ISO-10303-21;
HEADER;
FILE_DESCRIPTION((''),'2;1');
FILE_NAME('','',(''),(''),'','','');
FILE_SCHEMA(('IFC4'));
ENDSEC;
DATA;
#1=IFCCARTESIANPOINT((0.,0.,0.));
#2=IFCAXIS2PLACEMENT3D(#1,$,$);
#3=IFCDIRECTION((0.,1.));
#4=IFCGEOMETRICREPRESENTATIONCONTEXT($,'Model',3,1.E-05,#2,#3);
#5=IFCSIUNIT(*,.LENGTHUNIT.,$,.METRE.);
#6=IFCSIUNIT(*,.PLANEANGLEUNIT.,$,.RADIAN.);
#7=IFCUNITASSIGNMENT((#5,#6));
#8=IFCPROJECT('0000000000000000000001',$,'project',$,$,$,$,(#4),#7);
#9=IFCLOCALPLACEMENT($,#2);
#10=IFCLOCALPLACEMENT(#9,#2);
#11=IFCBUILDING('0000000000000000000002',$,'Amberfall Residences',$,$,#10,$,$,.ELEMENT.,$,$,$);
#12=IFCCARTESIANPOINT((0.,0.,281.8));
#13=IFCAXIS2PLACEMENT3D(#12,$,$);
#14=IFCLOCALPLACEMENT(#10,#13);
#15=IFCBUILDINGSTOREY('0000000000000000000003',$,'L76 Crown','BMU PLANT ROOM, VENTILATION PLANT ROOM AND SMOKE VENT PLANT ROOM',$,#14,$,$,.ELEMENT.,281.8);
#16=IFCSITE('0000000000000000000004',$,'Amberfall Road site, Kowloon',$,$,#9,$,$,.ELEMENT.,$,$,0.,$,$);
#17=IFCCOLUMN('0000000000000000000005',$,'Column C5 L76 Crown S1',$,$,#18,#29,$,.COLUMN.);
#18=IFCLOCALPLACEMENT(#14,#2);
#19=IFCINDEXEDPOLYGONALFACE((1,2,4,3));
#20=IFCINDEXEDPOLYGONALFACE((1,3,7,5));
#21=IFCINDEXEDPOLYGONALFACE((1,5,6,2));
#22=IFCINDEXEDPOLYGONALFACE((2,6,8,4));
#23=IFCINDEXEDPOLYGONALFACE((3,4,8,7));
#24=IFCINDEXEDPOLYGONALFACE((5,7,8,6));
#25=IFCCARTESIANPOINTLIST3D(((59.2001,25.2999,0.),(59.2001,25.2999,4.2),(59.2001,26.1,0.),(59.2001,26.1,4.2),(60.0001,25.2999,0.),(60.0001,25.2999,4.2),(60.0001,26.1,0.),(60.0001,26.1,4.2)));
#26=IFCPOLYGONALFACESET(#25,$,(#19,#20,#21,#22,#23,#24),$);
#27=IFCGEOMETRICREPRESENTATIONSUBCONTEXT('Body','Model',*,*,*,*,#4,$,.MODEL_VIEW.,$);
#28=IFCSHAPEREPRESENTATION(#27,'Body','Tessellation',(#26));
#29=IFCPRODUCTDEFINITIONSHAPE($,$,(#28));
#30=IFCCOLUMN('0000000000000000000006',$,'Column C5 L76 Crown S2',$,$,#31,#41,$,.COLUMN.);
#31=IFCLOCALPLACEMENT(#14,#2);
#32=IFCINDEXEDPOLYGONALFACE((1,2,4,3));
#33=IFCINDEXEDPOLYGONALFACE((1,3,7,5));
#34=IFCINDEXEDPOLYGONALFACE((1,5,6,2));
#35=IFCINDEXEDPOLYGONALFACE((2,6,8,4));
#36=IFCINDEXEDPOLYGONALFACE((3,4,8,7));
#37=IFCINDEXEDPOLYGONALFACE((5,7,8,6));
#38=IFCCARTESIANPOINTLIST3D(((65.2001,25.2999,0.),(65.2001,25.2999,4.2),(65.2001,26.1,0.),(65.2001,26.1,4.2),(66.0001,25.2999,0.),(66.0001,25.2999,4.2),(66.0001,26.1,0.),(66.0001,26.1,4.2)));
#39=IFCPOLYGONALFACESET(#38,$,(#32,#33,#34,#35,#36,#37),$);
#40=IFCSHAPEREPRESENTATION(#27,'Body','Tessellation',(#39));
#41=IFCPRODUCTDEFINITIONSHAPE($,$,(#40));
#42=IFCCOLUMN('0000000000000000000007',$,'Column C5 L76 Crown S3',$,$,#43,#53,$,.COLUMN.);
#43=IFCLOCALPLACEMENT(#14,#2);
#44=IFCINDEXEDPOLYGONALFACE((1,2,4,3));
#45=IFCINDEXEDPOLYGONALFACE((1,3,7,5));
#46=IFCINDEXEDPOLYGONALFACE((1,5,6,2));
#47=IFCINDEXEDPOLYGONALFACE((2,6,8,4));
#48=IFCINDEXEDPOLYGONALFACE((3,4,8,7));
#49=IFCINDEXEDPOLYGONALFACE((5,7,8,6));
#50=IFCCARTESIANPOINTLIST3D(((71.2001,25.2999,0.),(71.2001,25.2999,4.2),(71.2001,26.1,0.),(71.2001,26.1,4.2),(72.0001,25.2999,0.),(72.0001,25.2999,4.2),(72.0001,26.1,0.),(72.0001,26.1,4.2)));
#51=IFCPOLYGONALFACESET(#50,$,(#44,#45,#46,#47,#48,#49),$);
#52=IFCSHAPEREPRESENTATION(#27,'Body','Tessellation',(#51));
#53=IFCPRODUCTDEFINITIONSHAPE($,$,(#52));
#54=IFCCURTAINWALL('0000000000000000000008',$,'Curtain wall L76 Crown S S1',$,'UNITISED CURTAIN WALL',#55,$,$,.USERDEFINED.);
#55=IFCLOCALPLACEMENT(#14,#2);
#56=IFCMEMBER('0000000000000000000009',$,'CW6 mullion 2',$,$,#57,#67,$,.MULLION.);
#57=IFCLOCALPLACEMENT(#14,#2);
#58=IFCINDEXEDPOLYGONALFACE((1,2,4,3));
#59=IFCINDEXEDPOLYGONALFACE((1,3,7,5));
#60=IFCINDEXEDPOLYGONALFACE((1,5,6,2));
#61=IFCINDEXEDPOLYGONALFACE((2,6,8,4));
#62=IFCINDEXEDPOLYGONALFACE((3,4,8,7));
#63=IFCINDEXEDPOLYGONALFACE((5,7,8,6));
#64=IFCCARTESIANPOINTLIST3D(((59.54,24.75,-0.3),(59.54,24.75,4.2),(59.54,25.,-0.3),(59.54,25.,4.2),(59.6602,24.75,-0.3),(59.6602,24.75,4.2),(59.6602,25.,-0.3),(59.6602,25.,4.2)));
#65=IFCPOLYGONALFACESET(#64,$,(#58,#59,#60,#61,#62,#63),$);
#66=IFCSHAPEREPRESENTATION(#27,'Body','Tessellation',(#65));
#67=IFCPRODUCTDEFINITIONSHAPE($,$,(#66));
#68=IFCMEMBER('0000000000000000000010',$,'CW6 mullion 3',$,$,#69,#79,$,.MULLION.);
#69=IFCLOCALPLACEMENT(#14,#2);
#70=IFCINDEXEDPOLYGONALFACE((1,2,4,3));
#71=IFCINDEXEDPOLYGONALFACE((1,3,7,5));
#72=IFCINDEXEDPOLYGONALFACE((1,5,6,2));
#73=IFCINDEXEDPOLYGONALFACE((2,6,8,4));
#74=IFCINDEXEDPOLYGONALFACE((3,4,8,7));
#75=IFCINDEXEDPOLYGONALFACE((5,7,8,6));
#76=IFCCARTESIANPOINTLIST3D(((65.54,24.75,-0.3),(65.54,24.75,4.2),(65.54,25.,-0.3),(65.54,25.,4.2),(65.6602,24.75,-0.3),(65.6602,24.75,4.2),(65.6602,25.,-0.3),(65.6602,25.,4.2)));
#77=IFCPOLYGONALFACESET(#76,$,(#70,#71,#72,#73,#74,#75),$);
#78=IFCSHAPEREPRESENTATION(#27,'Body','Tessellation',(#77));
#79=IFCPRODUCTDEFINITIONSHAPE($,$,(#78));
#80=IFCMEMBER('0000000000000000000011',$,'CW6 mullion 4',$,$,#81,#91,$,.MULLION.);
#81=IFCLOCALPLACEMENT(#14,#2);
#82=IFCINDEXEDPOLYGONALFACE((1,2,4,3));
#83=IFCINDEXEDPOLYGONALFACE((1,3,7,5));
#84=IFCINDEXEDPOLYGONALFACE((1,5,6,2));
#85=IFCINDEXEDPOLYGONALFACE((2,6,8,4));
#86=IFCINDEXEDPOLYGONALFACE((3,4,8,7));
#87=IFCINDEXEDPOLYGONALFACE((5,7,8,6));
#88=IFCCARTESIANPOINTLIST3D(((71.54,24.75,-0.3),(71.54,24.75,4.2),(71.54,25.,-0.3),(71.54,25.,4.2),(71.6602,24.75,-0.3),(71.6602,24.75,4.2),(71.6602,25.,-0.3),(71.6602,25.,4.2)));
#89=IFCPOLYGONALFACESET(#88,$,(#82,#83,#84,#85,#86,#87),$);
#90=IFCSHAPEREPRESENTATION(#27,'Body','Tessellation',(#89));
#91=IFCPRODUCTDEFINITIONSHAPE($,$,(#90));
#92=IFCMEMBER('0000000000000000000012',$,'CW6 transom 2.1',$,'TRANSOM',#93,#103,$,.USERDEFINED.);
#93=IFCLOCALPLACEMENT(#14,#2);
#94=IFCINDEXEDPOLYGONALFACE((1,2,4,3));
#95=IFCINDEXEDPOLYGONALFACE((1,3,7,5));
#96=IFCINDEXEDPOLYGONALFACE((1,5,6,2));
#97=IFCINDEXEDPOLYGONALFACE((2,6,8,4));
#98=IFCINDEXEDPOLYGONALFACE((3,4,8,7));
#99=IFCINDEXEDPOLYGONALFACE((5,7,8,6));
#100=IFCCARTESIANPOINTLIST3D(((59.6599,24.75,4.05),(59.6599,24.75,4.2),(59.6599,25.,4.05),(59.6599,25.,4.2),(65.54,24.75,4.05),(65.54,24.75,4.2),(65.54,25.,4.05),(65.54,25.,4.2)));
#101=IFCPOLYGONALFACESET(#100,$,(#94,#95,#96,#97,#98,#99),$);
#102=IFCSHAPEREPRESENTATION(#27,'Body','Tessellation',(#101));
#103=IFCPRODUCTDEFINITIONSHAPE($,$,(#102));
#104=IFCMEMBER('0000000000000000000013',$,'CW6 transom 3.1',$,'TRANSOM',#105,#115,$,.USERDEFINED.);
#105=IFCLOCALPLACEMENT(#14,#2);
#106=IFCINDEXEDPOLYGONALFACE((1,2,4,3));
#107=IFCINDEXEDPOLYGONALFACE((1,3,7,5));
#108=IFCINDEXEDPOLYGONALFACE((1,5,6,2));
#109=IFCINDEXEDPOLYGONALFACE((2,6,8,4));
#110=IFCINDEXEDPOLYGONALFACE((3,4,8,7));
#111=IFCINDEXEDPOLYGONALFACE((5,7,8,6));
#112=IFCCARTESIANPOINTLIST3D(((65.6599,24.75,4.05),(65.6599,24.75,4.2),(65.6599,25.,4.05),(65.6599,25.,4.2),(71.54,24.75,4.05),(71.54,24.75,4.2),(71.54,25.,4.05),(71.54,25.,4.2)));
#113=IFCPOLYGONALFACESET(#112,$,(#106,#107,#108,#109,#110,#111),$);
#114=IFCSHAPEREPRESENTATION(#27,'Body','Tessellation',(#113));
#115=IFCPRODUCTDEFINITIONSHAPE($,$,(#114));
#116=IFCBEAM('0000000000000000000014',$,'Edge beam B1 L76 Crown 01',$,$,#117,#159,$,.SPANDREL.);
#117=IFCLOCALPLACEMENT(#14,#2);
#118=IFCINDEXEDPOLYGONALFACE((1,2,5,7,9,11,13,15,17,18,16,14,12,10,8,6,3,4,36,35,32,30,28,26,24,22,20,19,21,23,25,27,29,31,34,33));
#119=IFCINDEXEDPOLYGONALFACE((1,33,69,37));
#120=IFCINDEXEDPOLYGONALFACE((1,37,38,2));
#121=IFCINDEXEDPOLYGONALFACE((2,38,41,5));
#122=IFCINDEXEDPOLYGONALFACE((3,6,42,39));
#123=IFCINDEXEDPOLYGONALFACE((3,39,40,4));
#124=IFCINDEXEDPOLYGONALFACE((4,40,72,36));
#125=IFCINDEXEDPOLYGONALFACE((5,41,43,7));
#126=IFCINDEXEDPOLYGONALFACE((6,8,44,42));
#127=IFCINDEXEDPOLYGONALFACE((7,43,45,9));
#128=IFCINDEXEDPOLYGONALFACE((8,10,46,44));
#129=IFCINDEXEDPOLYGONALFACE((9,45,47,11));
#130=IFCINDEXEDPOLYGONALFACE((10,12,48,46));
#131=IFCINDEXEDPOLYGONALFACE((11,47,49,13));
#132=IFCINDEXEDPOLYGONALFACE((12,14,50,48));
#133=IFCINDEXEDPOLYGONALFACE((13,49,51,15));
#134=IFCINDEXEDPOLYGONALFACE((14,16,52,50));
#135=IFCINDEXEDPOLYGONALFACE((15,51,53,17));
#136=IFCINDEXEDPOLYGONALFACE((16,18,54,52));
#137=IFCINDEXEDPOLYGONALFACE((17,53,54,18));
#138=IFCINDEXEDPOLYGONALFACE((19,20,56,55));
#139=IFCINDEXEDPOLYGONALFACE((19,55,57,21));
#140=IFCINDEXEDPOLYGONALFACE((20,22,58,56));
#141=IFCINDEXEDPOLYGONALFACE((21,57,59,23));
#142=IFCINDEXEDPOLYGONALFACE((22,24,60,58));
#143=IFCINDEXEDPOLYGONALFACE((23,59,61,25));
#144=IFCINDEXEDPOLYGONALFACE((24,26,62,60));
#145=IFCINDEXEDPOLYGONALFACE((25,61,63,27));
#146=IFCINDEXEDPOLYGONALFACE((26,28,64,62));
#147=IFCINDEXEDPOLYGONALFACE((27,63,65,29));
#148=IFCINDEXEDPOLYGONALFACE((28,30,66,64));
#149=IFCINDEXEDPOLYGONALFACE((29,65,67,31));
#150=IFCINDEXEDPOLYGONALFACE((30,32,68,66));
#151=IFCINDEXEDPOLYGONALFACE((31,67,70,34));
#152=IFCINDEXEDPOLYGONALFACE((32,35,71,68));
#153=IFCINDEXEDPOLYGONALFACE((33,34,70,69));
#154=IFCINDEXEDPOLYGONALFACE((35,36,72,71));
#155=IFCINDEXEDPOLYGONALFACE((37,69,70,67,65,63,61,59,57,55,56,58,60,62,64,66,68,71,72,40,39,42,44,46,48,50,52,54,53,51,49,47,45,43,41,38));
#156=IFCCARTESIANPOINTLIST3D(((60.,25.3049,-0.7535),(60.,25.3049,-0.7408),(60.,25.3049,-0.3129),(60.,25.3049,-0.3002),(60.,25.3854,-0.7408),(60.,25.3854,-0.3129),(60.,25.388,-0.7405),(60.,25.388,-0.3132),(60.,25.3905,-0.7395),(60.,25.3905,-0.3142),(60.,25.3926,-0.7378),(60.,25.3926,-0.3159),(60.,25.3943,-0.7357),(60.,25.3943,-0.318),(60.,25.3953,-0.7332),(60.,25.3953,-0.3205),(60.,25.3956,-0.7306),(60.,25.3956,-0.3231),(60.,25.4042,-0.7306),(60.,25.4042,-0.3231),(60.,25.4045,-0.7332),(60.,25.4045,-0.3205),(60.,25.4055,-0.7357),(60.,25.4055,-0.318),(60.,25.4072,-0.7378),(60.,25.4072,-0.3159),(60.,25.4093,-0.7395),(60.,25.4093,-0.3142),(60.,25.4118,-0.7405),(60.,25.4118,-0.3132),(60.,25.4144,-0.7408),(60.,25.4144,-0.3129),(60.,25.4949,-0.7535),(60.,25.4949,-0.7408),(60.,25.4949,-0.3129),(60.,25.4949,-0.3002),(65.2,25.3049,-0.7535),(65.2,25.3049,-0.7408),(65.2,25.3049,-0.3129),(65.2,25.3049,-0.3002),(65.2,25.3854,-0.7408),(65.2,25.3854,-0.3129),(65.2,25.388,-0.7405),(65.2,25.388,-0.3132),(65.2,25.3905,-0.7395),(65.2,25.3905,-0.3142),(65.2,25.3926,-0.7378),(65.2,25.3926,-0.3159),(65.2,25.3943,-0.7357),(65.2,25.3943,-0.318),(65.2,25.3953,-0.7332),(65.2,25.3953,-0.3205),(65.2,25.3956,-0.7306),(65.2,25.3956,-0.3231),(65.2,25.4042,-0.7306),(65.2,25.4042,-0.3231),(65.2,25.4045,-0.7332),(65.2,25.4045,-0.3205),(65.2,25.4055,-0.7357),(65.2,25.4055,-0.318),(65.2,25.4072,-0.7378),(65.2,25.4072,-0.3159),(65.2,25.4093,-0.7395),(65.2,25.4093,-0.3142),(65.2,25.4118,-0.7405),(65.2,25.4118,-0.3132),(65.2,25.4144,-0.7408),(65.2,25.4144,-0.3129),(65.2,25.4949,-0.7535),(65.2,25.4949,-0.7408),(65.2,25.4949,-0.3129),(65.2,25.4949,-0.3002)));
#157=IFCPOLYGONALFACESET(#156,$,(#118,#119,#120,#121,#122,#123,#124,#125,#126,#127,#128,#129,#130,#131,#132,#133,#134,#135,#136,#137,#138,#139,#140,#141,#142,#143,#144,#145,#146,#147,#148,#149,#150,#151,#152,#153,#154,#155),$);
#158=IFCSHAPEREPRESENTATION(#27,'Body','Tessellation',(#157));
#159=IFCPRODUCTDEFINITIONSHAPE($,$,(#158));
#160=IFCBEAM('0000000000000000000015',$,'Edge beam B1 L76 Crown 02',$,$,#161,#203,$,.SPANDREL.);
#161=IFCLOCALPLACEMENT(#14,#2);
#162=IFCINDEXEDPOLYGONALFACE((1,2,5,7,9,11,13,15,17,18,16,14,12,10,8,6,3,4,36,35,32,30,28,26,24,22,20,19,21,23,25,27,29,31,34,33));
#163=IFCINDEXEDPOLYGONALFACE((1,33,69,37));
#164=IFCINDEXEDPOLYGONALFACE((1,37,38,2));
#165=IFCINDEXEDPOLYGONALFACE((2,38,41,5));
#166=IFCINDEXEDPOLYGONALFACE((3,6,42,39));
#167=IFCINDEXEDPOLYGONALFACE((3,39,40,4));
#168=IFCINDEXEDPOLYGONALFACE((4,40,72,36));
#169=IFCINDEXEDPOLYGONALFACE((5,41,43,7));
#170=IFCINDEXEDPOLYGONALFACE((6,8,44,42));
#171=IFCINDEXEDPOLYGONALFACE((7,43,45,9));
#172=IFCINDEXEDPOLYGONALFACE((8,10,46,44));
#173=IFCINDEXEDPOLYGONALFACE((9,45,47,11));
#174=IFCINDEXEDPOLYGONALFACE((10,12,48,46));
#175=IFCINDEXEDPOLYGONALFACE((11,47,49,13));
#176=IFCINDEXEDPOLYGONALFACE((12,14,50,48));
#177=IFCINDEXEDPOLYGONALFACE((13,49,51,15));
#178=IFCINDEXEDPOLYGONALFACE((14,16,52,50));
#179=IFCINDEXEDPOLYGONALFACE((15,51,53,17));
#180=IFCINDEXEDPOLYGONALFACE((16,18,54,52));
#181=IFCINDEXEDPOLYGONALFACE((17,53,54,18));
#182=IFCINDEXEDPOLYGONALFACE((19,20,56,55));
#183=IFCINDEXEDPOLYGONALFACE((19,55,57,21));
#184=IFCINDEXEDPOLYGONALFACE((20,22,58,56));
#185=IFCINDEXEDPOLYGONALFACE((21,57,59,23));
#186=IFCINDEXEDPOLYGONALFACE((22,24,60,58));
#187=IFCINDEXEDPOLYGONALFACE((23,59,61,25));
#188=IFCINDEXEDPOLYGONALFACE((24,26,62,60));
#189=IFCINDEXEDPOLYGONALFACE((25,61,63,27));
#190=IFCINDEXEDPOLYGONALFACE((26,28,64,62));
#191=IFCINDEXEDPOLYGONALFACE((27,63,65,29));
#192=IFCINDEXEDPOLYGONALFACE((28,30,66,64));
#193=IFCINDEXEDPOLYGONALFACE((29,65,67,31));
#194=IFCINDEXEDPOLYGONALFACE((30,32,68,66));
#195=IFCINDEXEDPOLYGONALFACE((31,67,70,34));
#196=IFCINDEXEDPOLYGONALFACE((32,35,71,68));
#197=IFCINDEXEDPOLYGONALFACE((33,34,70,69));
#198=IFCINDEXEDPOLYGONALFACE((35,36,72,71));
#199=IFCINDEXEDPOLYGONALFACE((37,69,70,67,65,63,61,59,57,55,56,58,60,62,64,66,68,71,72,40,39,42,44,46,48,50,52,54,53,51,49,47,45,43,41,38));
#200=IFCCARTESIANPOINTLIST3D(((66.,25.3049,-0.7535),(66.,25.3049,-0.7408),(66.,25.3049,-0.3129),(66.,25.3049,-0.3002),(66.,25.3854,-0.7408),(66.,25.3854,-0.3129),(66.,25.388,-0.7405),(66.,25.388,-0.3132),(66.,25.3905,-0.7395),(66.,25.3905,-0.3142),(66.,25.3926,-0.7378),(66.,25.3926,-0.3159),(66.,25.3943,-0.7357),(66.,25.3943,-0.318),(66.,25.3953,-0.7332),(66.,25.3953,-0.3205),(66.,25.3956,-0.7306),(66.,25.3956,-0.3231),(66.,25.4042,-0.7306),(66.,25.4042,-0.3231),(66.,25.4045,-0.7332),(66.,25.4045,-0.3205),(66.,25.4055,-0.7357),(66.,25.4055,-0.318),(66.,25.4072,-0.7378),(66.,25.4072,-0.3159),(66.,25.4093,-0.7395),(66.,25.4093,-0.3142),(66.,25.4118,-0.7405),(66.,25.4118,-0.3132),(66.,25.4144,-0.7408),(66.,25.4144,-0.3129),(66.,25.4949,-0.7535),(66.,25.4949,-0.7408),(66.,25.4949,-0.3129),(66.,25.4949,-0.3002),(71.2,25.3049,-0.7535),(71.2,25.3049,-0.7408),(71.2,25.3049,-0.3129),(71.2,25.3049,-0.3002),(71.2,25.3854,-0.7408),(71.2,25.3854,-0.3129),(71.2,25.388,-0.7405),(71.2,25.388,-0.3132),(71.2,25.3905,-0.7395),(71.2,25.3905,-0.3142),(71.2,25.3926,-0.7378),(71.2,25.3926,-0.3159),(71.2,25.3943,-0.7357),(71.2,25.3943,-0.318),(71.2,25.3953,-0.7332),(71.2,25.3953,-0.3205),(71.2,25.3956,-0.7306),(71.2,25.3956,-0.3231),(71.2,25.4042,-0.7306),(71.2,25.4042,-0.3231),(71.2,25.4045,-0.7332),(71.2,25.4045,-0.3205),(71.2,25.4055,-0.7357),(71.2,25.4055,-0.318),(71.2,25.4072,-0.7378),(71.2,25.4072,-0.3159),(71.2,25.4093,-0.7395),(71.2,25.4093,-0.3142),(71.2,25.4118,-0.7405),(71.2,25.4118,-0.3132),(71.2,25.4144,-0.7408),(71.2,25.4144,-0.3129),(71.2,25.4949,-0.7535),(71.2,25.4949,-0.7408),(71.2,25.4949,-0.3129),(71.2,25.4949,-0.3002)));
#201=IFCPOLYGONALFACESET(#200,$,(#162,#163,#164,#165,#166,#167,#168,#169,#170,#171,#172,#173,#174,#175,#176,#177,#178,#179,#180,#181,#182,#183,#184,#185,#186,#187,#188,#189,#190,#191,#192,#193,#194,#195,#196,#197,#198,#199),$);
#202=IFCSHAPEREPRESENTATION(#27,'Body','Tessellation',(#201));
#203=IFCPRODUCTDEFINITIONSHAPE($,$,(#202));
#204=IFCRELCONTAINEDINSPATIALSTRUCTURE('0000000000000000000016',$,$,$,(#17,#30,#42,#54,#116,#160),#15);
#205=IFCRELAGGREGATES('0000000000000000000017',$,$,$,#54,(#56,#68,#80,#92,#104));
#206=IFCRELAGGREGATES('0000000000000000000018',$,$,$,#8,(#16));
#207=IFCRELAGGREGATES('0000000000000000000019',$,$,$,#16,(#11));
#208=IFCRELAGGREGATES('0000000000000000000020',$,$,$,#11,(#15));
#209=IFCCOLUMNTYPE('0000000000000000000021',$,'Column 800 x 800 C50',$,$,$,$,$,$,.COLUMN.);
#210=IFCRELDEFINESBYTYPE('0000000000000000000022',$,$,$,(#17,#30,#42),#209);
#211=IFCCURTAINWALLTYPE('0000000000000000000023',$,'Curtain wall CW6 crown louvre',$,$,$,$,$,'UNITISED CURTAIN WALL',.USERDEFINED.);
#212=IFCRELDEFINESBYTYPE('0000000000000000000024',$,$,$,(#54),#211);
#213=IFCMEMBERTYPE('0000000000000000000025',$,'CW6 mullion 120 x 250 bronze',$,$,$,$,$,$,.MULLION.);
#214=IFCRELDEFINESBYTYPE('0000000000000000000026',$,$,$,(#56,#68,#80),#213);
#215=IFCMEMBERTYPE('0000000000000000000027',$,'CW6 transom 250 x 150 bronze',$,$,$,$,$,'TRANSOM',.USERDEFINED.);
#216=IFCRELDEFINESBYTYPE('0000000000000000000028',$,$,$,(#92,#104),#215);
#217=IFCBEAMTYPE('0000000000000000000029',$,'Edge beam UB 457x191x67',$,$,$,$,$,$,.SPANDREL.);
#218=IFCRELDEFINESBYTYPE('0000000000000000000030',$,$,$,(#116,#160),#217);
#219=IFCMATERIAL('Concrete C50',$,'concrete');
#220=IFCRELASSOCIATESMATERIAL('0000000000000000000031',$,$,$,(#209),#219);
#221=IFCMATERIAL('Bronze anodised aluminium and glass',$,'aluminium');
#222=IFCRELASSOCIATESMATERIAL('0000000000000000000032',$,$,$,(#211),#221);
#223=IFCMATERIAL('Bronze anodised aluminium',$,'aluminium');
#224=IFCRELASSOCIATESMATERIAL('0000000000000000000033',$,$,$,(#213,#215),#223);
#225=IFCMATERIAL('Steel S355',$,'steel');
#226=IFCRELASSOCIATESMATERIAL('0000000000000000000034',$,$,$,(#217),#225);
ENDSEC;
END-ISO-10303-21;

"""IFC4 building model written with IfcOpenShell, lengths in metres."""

from ifc_helpers import new_model, si_unit, direction, frame, origin, origin_2d, place, context, subcontext, project, spatial, rectangle, i_section, extrude, material, material_profile, profile_set, type_object, element, aggregate, save


model = new_model("IFC4")

# Units and contexts
model_context = context("Model", 3, precision=1e-05, world=origin(), true_north=direction((0.0, 1.0)))
body_context = subcontext(model_context, "Body", "Model", "MODEL_VIEW")
ifc_project = project(units=[si_unit("LENGTHUNIT", "METRE"), si_unit("PLANEANGLEUNIT", "RADIAN")], contexts=[model_context])

# Site, building, storey
site_placement = place(None, origin())
site = spatial("IfcSite", under=ifc_project, at=site_placement, Name="Amberfall Road site, Kowloon", CompositionType="ELEMENT", RefElevation=0.0)
building_placement = place(site_placement, origin())
building = spatial("IfcBuilding", under=site, at=building_placement, Name="Amberfall Residences", CompositionType="ELEMENT")
storey_placement = place(building_placement, frame((0.0, 0.0, 281.8)))
storey = spatial("IfcBuildingStorey", under=building, at=storey_placement, Name="L76 Crown", Description="BMU PLANT ROOM, VENTILATION PLANT ROOM AND SMOKE VENT PLANT ROOM", CompositionType="ELEMENT", Elevation=281.8)

# Columns
ifc_material_1 = material(Name="Concrete C50", Category="concrete")
ifc_material_profile_1 = material_profile(ifc_material_1, rectangle(XDim=0.8, YDim=0.8, at=origin_2d()), Name="Column 800 x 800 C50")
ifc_profile_set_1 = profile_set([ifc_material_profile_1], Name="Concrete C50")
column_type = type_object("IfcColumnType", Name="Column 800 x 800 C50", PredefinedType="COLUMN", material=ifc_profile_set_1)
for number, where, z_axis, x_axis, name in (
    (1, (59.6001, 25.7, 0.0), (0.0, 0.0, 1.0), (1.0, 0.0, 0.0), "Column C5 L76 Crown S1"),
    (2, (65.6001, 25.7, 0.0), (0.0, 0.0, 1.0), (1.0, 0.0, 0.0), "Column C5 L76 Crown S2"),
    (3, (71.6001, 25.7, 0.0), (0.0, 0.0, 1.0), (1.0, 0.0, 0.0), "Column C5 L76 Crown S3"),
):
    element("IfcColumn", number, at=place(storey_placement, frame(where, z_axis=z_axis, x_axis=x_axis)), inside=storey, type_object=column_type, Name=name, PredefinedType="COLUMN", context=body_context, shape_type="SweptSolid", body=[
        extrude(rectangle(XDim=0.8, YDim=0.8, at=origin_2d()), origin(), (0.0, 0.0, 1.0), 4.2),
    ])

# Curtain wall, members
ifc_material_2 = material(Name="Bronze anodised aluminium and glass", Category="aluminium")
curtain_wall_type = type_object("IfcCurtainWallType", Name="Curtain wall CW6 crown louvre", ElementType="UNITISED CURTAIN WALL", PredefinedType="USERDEFINED", material=ifc_material_2)
curtain_wall_placement = place(storey_placement, origin())
curtain_wall = element("IfcCurtainWall", 4, at=curtain_wall_placement, inside=storey, type_object=curtain_wall_type, Name="Curtain wall L76 Crown S S1", ObjectType="UNITISED CURTAIN WALL", PredefinedType="USERDEFINED")
ifc_material_3 = material(Name="Bronze anodised aluminium", Category="aluminium")
ifc_material_profile_2 = material_profile(ifc_material_3, rectangle(XDim=0.25, YDim=0.1201, at=origin_2d()), Name="CW6 mullion 120 x 250 bronze")
ifc_profile_set_2 = profile_set([ifc_material_profile_2], Name="Bronze anodised aluminium")
member_type_1 = type_object("IfcMemberType", Name="CW6 mullion 120 x 250 bronze", PredefinedType="MULLION", material=ifc_profile_set_2)
member_1_placement = place(storey_placement, frame((59.6001, 24.875, -0.3), z_axis=(0.0, 0.0, 1.0), x_axis=(0.0, 1.0, 0.0)))
member_1 = element("IfcMember", 5, at=member_1_placement, type_object=member_type_1, Name="CW6 mullion 2", PredefinedType="MULLION", context=body_context, shape_type="SweptSolid", body=[
    extrude(rectangle(XDim=0.25, YDim=0.1201, at=origin_2d()), origin(), (0.0, 0.0, 1.0), 4.5),
])
member_2_placement = place(storey_placement, frame((65.6001, 24.875, -0.3), z_axis=(0.0, 0.0, 1.0), x_axis=(0.0, 1.0, 0.0)))
member_2 = element("IfcMember", 6, at=member_2_placement, type_object=member_type_1, Name="CW6 mullion 3", PredefinedType="MULLION", context=body_context, shape_type="SweptSolid", body=[
    extrude(rectangle(XDim=0.25, YDim=0.1201, at=origin_2d()), origin(), (0.0, 0.0, 1.0), 4.5),
])
member_3_placement = place(storey_placement, frame((71.6001, 24.875, -0.3), z_axis=(0.0, 0.0, 1.0), x_axis=(0.0, 1.0, 0.0)))
member_3 = element("IfcMember", 7, at=member_3_placement, type_object=member_type_1, Name="CW6 mullion 4", PredefinedType="MULLION", context=body_context, shape_type="SweptSolid", body=[
    extrude(rectangle(XDim=0.25, YDim=0.1201, at=origin_2d()), origin(), (0.0, 0.0, 1.0), 4.5),
])
ifc_material_profile_3 = material_profile(ifc_material_3, rectangle(XDim=0.25, YDim=0.1499, at=origin_2d()), Name="CW6 transom 250 x 150 bronze")
ifc_profile_set_3 = profile_set([ifc_material_profile_3], Name="Bronze anodised aluminium")
member_type_2 = type_object("IfcMemberType", Name="CW6 transom 250 x 150 bronze", ElementType="TRANSOM", PredefinedType="USERDEFINED", material=ifc_profile_set_3)
member_4_placement = place(storey_placement, frame((59.6599, 24.875, 4.125), z_axis=(1.0, 0.0, 0.0), x_axis=(0.0, 1.0, 0.0)))
member_4 = element("IfcMember", 8, at=member_4_placement, type_object=member_type_2, Name="CW6 transom 2.1", ObjectType="TRANSOM", PredefinedType="USERDEFINED", context=body_context, shape_type="SweptSolid", body=[
    extrude(rectangle(XDim=0.25, YDim=0.1499, at=origin_2d()), origin(), (0.0, 0.0, 1.0), 5.8801),
])
member_5_placement = place(storey_placement, frame((65.6599, 24.875, 4.125), z_axis=(1.0, 0.0, 0.0), x_axis=(0.0, 1.0, 0.0)))
member_5 = element("IfcMember", 9, at=member_5_placement, type_object=member_type_2, Name="CW6 transom 3.1", ObjectType="TRANSOM", PredefinedType="USERDEFINED", context=body_context, shape_type="SweptSolid", body=[
    extrude(rectangle(XDim=0.25, YDim=0.1499, at=origin_2d()), origin(), (0.0, 0.0, 1.0), 5.8801),
])

# Beams
ifc_material_4 = material(Name="Steel S355", Category="steel")
ifc_material_profile_4 = material_profile(ifc_material_4, i_section(OverallWidth=0.1899, OverallDepth=0.4534, WebThickness=0.0085, FlangeThickness=0.0127, FilletRadius=0.0103, at=origin_2d()), Name="UB 457x191x67")
ifc_profile_set_4 = profile_set([ifc_material_profile_4], Name="Steel S355")
beam_type_1 = type_object("IfcBeamType", Name="Edge beam UB 457x191x67", PredefinedType="SPANDREL", material=ifc_profile_set_4)
for number, where, z_axis, x_axis, name in (
    (10, (60.0, 25.3999, -0.5269), (1.0, 0.0, 0.0), (0.0, 1.0, 0.0), "Edge beam B1 L76 Crown 01"),
    (11, (66.0, 25.3999, -0.5269), (1.0, 0.0, 0.0), (0.0, 1.0, 0.0), "Edge beam B1 L76 Crown 02"),
):
    element("IfcBeam", number, at=place(storey_placement, frame(where, z_axis=z_axis, x_axis=x_axis)), inside=storey, type_object=beam_type_1, Name=name, PredefinedType="SPANDREL", context=body_context, shape_type="SweptSolid", body=[
        extrude(i_section(OverallWidth=0.1899, OverallDepth=0.4534, WebThickness=0.0085, FlangeThickness=0.0127, FilletRadius=0.0103, at=origin_2d()), origin(), (0.0, 0.0, 1.0), 5.2),
    ])

aggregate(curtain_wall, [member_1, member_2, member_3, member_4, member_5])

save(model, "model.ifc")
